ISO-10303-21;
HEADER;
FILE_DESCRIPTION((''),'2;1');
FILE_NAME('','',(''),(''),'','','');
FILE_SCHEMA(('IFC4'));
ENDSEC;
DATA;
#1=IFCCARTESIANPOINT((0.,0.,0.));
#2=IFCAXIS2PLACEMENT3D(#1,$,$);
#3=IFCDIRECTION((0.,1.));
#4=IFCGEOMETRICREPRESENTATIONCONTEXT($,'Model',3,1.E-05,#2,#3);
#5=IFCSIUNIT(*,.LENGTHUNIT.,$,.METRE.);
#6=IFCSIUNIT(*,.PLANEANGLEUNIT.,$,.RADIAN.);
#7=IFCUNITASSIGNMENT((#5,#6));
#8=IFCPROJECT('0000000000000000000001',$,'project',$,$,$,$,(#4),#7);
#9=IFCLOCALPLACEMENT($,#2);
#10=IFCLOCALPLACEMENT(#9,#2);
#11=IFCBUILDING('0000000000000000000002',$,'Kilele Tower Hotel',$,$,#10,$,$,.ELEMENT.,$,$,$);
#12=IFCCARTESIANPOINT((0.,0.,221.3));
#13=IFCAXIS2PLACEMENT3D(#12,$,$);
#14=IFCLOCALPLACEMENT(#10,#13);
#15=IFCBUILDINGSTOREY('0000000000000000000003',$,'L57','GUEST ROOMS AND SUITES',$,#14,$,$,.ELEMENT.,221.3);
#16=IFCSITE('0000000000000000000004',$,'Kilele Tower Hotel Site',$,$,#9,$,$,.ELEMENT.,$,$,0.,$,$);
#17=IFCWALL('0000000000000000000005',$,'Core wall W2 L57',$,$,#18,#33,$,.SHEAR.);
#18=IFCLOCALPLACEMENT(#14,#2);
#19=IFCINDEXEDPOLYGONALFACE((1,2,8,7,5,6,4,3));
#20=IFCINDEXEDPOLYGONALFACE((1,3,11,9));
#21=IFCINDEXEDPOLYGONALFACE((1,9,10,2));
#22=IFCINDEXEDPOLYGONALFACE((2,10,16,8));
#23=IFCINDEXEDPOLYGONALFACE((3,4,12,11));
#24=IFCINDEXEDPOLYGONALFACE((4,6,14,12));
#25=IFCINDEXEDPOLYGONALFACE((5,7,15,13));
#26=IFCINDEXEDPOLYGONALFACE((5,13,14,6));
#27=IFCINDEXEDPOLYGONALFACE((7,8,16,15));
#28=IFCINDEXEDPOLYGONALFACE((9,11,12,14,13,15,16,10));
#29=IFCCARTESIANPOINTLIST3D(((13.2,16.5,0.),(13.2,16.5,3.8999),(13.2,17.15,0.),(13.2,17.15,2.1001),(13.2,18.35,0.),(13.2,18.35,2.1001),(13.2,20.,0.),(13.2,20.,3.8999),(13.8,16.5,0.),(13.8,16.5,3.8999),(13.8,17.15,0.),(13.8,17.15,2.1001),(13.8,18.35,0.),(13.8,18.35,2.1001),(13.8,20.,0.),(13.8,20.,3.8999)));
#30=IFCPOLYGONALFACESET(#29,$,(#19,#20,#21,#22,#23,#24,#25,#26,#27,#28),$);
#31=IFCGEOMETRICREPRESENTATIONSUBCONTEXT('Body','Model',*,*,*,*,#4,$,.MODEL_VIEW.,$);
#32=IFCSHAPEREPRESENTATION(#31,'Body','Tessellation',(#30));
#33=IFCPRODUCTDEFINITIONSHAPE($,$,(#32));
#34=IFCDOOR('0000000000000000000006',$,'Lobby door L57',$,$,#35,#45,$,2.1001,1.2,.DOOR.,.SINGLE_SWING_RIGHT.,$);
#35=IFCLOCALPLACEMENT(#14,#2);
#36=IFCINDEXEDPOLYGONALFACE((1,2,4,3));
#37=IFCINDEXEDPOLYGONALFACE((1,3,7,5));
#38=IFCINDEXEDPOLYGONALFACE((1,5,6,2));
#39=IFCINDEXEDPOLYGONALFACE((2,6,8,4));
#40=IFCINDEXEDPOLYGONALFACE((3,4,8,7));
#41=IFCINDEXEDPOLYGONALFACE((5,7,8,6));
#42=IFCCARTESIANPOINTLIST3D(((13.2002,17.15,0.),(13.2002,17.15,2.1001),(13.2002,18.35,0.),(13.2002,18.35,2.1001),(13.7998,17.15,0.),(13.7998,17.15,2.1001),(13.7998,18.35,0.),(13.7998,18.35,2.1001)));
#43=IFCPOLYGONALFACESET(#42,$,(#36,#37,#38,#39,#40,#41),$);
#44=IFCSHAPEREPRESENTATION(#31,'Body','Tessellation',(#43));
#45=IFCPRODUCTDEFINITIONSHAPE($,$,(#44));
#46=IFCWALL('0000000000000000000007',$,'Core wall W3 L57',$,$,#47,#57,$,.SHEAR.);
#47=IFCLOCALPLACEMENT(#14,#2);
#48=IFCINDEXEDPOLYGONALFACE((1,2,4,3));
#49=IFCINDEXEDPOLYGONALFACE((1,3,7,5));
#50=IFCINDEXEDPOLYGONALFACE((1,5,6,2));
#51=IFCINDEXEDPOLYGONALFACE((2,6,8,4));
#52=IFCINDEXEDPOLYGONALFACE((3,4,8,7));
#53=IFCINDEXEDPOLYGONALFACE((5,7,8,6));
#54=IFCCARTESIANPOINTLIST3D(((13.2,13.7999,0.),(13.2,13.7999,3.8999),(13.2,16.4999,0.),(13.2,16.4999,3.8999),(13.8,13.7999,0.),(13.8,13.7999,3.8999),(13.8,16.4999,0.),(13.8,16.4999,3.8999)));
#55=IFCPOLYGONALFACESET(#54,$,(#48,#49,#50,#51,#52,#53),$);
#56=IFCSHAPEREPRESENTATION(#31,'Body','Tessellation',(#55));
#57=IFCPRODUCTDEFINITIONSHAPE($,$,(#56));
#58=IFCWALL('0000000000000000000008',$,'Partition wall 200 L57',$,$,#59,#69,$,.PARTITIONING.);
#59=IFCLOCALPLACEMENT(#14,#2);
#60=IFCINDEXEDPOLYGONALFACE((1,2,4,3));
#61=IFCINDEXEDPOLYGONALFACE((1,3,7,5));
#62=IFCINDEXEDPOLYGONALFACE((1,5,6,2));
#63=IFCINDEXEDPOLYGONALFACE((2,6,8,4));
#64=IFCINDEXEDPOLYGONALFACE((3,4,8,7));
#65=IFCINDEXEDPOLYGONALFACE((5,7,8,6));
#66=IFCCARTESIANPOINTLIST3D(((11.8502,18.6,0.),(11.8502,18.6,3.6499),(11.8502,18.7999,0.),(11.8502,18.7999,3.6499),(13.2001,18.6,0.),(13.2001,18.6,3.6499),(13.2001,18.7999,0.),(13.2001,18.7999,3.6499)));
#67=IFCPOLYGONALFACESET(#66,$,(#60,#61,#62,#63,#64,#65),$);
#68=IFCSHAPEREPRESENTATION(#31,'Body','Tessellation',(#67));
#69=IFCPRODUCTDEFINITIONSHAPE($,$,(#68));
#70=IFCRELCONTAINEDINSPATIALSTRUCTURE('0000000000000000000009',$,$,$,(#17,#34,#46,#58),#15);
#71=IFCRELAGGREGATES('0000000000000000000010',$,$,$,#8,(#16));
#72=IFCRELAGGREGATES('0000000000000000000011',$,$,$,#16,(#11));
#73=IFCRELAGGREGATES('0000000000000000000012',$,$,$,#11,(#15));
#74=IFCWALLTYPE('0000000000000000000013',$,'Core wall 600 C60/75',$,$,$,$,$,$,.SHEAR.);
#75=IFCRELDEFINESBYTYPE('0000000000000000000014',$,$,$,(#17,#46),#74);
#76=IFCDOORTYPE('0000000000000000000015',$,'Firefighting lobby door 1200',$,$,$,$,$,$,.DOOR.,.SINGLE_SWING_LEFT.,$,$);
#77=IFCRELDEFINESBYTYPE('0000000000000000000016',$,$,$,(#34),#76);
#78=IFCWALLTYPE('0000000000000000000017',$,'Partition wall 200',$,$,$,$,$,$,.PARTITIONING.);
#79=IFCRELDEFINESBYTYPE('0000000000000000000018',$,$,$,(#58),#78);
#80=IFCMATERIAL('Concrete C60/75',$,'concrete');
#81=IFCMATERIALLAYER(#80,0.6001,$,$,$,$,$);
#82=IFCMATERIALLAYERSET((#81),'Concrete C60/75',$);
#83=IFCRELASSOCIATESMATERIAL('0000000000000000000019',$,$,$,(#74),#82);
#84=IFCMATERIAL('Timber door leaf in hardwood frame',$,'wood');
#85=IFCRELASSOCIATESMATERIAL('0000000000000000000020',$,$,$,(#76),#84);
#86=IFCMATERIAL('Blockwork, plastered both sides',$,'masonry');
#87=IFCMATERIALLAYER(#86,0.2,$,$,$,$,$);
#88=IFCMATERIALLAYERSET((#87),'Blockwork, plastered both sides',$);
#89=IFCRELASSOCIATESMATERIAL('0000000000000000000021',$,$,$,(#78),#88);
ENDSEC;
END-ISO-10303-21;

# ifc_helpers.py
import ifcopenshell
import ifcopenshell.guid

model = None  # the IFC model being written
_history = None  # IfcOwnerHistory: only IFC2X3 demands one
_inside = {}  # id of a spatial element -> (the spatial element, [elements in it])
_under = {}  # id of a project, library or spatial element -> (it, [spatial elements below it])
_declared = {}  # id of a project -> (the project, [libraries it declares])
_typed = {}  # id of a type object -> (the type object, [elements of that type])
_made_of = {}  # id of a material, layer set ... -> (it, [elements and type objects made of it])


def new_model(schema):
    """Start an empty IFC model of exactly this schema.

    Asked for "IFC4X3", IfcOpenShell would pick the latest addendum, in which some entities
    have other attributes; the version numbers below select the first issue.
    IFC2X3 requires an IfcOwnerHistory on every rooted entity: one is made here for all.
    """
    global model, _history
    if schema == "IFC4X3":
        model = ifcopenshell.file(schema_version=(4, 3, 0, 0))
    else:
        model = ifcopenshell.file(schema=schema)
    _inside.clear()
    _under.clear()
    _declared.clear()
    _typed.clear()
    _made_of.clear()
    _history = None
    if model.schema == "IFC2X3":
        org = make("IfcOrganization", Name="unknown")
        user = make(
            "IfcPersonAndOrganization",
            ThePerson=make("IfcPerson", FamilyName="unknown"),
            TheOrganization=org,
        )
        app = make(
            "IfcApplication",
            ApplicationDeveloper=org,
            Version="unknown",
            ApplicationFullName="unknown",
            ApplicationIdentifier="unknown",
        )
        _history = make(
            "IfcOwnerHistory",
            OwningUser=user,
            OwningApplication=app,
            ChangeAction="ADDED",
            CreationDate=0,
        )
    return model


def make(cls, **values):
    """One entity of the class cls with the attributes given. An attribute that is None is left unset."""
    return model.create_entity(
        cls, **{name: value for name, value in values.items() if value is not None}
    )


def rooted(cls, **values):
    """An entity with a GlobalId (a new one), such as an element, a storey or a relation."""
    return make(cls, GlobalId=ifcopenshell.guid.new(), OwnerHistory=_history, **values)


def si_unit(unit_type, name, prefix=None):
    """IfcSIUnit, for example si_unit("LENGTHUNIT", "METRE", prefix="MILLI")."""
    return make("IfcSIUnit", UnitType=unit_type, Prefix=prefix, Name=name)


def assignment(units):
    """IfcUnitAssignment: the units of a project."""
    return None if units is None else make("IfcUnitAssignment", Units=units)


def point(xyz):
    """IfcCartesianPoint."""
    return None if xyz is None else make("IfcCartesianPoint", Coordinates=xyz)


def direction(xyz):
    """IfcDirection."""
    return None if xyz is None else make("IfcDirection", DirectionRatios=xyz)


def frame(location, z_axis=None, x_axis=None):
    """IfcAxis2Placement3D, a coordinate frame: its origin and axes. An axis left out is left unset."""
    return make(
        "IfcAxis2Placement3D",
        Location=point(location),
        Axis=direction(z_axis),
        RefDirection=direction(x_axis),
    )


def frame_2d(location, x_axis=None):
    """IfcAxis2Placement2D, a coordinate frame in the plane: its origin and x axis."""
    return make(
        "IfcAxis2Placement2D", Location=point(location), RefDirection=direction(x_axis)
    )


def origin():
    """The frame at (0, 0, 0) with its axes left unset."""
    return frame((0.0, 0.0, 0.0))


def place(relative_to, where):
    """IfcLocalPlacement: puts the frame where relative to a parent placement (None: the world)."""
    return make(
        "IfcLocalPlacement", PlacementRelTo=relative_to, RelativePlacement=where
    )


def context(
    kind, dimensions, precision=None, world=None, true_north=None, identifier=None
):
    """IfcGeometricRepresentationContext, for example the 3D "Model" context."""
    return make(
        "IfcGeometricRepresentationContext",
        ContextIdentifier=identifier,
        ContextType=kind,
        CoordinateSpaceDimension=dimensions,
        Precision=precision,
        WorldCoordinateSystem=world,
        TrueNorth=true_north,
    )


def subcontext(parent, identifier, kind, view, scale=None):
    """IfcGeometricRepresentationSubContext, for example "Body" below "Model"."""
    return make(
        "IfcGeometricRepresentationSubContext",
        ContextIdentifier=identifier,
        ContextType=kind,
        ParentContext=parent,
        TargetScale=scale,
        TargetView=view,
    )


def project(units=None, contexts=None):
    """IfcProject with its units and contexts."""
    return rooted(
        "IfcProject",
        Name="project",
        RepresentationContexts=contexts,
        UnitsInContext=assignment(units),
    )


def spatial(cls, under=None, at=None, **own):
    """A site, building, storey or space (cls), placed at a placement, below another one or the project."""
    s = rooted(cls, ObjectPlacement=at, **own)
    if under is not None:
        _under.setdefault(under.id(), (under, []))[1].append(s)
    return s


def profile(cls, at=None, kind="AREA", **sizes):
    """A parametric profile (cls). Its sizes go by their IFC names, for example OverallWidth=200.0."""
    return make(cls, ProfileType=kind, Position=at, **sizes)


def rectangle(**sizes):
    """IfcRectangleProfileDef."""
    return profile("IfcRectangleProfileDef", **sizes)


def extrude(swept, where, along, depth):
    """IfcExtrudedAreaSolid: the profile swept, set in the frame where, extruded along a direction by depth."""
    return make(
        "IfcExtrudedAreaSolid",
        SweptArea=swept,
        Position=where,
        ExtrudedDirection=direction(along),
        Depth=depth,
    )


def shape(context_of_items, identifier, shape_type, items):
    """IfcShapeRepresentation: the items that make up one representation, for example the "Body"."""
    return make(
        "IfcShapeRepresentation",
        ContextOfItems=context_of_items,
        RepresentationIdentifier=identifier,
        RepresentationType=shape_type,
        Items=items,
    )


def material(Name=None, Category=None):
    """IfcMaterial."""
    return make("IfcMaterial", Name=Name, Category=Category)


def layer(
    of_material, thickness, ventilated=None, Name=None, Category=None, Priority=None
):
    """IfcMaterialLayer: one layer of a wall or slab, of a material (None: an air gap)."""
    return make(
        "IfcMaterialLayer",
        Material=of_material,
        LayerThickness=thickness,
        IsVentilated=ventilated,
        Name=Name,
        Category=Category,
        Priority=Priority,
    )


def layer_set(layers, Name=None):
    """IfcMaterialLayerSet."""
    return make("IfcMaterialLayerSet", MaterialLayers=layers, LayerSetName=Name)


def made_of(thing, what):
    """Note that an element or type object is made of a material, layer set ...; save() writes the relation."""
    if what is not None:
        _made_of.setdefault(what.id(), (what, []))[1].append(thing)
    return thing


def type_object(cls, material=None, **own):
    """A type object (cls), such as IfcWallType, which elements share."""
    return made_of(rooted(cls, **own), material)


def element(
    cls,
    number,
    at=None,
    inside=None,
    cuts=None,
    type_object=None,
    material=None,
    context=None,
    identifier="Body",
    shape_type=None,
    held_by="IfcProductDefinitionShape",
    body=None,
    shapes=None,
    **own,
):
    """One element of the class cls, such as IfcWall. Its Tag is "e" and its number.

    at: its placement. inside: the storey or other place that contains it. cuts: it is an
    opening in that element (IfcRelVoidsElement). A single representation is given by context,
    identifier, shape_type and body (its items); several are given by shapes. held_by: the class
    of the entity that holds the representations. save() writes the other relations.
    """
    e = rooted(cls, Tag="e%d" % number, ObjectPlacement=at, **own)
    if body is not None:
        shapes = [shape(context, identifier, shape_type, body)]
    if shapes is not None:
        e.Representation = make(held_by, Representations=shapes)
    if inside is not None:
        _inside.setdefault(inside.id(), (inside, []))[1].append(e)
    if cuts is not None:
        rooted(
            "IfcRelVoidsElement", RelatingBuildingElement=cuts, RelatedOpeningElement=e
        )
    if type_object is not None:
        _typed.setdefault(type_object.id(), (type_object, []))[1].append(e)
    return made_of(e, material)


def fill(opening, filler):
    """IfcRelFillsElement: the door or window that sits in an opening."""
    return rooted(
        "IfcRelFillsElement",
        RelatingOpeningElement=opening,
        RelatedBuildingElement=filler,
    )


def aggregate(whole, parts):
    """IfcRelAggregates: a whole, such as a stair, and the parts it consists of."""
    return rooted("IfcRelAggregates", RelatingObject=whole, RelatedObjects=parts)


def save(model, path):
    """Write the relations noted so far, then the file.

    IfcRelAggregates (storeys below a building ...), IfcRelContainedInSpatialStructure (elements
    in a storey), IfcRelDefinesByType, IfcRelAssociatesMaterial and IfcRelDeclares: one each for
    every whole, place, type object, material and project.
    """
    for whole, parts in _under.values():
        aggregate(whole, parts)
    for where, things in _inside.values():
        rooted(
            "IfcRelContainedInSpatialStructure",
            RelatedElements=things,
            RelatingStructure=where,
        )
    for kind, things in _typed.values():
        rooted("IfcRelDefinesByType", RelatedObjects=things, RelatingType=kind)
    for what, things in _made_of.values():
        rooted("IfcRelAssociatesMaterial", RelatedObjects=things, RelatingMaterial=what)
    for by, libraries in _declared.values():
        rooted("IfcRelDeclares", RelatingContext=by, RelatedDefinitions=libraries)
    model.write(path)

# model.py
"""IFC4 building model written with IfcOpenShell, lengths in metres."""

from ifc_helpers import new_model, si_unit, direction, frame, frame_2d, origin, place, context, subcontext, project, spatial, rectangle, extrude, material, layer, layer_set, type_object, element, fill, save


model = new_model("IFC4")

# Units and contexts
model_context = context("Model", 3, precision=1e-05, world=origin(), true_north=direction((0.0, 1.0)))
body_context = subcontext(model_context, "Body", "Model", "MODEL_VIEW")
ifc_project = project(units=[si_unit("LENGTHUNIT", "METRE"), si_unit("PLANEANGLEUNIT", "RADIAN")], contexts=[model_context])

# Site, building, storey
site_placement = place(None, origin())
site = spatial("IfcSite", under=ifc_project, at=site_placement, Name="Kilele Tower Hotel Site", CompositionType="ELEMENT", RefElevation=0.0)
building_placement = place(site_placement, origin())
building = spatial("IfcBuilding", under=site, at=building_placement, Name="Kilele Tower Hotel", CompositionType="ELEMENT")
storey_placement = place(building_placement, frame((0.0, 0.0, 221.3)))
storey = spatial("IfcBuildingStorey", under=building, at=storey_placement, Name="L57", Description="GUEST ROOMS AND SUITES", CompositionType="ELEMENT", Elevation=221.3)

# Shared definitions
ifc_material_1 = material(Name="Concrete C60/75", Category="concrete")
ifc_layer_1 = layer(ifc_material_1, 0.6001)
ifc_layer_set_1 = layer_set([ifc_layer_1], Name="Concrete C60/75")
wall_type_1 = type_object("IfcWallType", Name="Core wall 600 C60/75", PredefinedType="SHEAR", material=ifc_layer_set_1)
ifc_material_2 = material(Name="Timber door leaf in hardwood frame", Category="wood")
door_type_1 = type_object("IfcDoorType", Name="Firefighting lobby door 1200", OperationType="SINGLE_SWING_LEFT", PredefinedType="DOOR", material=ifc_material_2)

# Wall, opening, door
wall_1_placement = place(storey_placement, frame((13.5, 20.0, 0.0), z_axis=(0.0, 0.0, 1.0), x_axis=(0.0, -1.0, 0.0)))
wall_1 = element("IfcWall", 1, at=wall_1_placement, inside=storey, type_object=wall_type_1, Name="Core wall W2 L57", PredefinedType="SHEAR", context=body_context, shape_type="SweptSolid", body=[
    extrude(rectangle(XDim=3.5, YDim=0.6001, at=frame_2d((1.75, 0.0))), origin(), (0.0, 0.0, 1.0), 3.8999),
])
opening_1_placement = place(wall_1_placement, frame((1.6499, 0.0, 0.0)))
opening_1 = element("IfcOpeningElement", 2, at=opening_1_placement, cuts=wall_1, PredefinedType="OPENING", context=body_context, shape_type="SweptSolid", body=[
    extrude(rectangle(XDim=1.2, YDim=2.1001, at=frame_2d((0.6001, 1.05))), frame((0.0, 0.3101, 0.0), z_axis=(0.0, -1.0, 0.0), x_axis=(1.0, 0.0, 0.0)), (0.0, 0.0, 1.0), 0.6201),
])
door_1_placement = place(opening_1_placement, origin())
door_1 = element("IfcDoor", 3, at=door_1_placement, inside=storey, type_object=door_type_1, Name="Lobby door L57", OperationType="SINGLE_SWING_RIGHT", OverallHeight=2.1001, OverallWidth=1.2, PredefinedType="DOOR", context=body_context, shape_type="SweptSolid", body=[
    extrude(rectangle(XDim=1.2, YDim=2.1001, at=frame_2d((0.6001, 1.05))), frame((0.0, 0.2998, 0.0), z_axis=(0.0, -1.0, 0.0), x_axis=(1.0, 0.0, 0.0)), (0.0, 0.0, 1.0), 0.5996),
])
fill(opening_1, door_1)

# Walls
wall_2_placement = place(storey_placement, frame((13.5, 16.5, 0.0), z_axis=(0.0, 0.0, 1.0), x_axis=(0.0, -1.0, 0.0)))
element("IfcWall", 4, at=wall_2_placement, inside=storey, type_object=wall_type_1, Name="Core wall W3 L57", PredefinedType="SHEAR", context=body_context, shape_type="SweptSolid", body=[
    extrude(rectangle(XDim=2.7, YDim=0.6001, at=frame_2d((1.3501, 0.0))), origin(), (0.0, 0.0, 1.0), 3.8999),
])
ifc_material_3 = material(Name="Blockwork, plastered both sides", Category="masonry")
ifc_layer_2 = layer(ifc_material_3, 0.2)
ifc_layer_set_2 = layer_set([ifc_layer_2], Name="Blockwork, plastered both sides")
wall_type_2 = type_object("IfcWallType", Name="Partition wall 200", PredefinedType="PARTITIONING", material=ifc_layer_set_2)
wall_3_placement = place(storey_placement, frame((13.2, 18.7, 0.0), z_axis=(0.0, 0.0, 1.0), x_axis=(-1.0, 0.0, 0.0)))
element("IfcWall", 5, at=wall_3_placement, inside=storey, type_object=wall_type_2, Name="Partition wall 200 L57", PredefinedType="PARTITIONING", context=body_context, shape_type="SweptSolid", body=[
    extrude(rectangle(XDim=1.3499, YDim=0.2, at=frame_2d((0.6748, 0.0))), origin(), (0.0, 0.0, 1.0), 3.6499),
])

save(model, "model.ifc")
